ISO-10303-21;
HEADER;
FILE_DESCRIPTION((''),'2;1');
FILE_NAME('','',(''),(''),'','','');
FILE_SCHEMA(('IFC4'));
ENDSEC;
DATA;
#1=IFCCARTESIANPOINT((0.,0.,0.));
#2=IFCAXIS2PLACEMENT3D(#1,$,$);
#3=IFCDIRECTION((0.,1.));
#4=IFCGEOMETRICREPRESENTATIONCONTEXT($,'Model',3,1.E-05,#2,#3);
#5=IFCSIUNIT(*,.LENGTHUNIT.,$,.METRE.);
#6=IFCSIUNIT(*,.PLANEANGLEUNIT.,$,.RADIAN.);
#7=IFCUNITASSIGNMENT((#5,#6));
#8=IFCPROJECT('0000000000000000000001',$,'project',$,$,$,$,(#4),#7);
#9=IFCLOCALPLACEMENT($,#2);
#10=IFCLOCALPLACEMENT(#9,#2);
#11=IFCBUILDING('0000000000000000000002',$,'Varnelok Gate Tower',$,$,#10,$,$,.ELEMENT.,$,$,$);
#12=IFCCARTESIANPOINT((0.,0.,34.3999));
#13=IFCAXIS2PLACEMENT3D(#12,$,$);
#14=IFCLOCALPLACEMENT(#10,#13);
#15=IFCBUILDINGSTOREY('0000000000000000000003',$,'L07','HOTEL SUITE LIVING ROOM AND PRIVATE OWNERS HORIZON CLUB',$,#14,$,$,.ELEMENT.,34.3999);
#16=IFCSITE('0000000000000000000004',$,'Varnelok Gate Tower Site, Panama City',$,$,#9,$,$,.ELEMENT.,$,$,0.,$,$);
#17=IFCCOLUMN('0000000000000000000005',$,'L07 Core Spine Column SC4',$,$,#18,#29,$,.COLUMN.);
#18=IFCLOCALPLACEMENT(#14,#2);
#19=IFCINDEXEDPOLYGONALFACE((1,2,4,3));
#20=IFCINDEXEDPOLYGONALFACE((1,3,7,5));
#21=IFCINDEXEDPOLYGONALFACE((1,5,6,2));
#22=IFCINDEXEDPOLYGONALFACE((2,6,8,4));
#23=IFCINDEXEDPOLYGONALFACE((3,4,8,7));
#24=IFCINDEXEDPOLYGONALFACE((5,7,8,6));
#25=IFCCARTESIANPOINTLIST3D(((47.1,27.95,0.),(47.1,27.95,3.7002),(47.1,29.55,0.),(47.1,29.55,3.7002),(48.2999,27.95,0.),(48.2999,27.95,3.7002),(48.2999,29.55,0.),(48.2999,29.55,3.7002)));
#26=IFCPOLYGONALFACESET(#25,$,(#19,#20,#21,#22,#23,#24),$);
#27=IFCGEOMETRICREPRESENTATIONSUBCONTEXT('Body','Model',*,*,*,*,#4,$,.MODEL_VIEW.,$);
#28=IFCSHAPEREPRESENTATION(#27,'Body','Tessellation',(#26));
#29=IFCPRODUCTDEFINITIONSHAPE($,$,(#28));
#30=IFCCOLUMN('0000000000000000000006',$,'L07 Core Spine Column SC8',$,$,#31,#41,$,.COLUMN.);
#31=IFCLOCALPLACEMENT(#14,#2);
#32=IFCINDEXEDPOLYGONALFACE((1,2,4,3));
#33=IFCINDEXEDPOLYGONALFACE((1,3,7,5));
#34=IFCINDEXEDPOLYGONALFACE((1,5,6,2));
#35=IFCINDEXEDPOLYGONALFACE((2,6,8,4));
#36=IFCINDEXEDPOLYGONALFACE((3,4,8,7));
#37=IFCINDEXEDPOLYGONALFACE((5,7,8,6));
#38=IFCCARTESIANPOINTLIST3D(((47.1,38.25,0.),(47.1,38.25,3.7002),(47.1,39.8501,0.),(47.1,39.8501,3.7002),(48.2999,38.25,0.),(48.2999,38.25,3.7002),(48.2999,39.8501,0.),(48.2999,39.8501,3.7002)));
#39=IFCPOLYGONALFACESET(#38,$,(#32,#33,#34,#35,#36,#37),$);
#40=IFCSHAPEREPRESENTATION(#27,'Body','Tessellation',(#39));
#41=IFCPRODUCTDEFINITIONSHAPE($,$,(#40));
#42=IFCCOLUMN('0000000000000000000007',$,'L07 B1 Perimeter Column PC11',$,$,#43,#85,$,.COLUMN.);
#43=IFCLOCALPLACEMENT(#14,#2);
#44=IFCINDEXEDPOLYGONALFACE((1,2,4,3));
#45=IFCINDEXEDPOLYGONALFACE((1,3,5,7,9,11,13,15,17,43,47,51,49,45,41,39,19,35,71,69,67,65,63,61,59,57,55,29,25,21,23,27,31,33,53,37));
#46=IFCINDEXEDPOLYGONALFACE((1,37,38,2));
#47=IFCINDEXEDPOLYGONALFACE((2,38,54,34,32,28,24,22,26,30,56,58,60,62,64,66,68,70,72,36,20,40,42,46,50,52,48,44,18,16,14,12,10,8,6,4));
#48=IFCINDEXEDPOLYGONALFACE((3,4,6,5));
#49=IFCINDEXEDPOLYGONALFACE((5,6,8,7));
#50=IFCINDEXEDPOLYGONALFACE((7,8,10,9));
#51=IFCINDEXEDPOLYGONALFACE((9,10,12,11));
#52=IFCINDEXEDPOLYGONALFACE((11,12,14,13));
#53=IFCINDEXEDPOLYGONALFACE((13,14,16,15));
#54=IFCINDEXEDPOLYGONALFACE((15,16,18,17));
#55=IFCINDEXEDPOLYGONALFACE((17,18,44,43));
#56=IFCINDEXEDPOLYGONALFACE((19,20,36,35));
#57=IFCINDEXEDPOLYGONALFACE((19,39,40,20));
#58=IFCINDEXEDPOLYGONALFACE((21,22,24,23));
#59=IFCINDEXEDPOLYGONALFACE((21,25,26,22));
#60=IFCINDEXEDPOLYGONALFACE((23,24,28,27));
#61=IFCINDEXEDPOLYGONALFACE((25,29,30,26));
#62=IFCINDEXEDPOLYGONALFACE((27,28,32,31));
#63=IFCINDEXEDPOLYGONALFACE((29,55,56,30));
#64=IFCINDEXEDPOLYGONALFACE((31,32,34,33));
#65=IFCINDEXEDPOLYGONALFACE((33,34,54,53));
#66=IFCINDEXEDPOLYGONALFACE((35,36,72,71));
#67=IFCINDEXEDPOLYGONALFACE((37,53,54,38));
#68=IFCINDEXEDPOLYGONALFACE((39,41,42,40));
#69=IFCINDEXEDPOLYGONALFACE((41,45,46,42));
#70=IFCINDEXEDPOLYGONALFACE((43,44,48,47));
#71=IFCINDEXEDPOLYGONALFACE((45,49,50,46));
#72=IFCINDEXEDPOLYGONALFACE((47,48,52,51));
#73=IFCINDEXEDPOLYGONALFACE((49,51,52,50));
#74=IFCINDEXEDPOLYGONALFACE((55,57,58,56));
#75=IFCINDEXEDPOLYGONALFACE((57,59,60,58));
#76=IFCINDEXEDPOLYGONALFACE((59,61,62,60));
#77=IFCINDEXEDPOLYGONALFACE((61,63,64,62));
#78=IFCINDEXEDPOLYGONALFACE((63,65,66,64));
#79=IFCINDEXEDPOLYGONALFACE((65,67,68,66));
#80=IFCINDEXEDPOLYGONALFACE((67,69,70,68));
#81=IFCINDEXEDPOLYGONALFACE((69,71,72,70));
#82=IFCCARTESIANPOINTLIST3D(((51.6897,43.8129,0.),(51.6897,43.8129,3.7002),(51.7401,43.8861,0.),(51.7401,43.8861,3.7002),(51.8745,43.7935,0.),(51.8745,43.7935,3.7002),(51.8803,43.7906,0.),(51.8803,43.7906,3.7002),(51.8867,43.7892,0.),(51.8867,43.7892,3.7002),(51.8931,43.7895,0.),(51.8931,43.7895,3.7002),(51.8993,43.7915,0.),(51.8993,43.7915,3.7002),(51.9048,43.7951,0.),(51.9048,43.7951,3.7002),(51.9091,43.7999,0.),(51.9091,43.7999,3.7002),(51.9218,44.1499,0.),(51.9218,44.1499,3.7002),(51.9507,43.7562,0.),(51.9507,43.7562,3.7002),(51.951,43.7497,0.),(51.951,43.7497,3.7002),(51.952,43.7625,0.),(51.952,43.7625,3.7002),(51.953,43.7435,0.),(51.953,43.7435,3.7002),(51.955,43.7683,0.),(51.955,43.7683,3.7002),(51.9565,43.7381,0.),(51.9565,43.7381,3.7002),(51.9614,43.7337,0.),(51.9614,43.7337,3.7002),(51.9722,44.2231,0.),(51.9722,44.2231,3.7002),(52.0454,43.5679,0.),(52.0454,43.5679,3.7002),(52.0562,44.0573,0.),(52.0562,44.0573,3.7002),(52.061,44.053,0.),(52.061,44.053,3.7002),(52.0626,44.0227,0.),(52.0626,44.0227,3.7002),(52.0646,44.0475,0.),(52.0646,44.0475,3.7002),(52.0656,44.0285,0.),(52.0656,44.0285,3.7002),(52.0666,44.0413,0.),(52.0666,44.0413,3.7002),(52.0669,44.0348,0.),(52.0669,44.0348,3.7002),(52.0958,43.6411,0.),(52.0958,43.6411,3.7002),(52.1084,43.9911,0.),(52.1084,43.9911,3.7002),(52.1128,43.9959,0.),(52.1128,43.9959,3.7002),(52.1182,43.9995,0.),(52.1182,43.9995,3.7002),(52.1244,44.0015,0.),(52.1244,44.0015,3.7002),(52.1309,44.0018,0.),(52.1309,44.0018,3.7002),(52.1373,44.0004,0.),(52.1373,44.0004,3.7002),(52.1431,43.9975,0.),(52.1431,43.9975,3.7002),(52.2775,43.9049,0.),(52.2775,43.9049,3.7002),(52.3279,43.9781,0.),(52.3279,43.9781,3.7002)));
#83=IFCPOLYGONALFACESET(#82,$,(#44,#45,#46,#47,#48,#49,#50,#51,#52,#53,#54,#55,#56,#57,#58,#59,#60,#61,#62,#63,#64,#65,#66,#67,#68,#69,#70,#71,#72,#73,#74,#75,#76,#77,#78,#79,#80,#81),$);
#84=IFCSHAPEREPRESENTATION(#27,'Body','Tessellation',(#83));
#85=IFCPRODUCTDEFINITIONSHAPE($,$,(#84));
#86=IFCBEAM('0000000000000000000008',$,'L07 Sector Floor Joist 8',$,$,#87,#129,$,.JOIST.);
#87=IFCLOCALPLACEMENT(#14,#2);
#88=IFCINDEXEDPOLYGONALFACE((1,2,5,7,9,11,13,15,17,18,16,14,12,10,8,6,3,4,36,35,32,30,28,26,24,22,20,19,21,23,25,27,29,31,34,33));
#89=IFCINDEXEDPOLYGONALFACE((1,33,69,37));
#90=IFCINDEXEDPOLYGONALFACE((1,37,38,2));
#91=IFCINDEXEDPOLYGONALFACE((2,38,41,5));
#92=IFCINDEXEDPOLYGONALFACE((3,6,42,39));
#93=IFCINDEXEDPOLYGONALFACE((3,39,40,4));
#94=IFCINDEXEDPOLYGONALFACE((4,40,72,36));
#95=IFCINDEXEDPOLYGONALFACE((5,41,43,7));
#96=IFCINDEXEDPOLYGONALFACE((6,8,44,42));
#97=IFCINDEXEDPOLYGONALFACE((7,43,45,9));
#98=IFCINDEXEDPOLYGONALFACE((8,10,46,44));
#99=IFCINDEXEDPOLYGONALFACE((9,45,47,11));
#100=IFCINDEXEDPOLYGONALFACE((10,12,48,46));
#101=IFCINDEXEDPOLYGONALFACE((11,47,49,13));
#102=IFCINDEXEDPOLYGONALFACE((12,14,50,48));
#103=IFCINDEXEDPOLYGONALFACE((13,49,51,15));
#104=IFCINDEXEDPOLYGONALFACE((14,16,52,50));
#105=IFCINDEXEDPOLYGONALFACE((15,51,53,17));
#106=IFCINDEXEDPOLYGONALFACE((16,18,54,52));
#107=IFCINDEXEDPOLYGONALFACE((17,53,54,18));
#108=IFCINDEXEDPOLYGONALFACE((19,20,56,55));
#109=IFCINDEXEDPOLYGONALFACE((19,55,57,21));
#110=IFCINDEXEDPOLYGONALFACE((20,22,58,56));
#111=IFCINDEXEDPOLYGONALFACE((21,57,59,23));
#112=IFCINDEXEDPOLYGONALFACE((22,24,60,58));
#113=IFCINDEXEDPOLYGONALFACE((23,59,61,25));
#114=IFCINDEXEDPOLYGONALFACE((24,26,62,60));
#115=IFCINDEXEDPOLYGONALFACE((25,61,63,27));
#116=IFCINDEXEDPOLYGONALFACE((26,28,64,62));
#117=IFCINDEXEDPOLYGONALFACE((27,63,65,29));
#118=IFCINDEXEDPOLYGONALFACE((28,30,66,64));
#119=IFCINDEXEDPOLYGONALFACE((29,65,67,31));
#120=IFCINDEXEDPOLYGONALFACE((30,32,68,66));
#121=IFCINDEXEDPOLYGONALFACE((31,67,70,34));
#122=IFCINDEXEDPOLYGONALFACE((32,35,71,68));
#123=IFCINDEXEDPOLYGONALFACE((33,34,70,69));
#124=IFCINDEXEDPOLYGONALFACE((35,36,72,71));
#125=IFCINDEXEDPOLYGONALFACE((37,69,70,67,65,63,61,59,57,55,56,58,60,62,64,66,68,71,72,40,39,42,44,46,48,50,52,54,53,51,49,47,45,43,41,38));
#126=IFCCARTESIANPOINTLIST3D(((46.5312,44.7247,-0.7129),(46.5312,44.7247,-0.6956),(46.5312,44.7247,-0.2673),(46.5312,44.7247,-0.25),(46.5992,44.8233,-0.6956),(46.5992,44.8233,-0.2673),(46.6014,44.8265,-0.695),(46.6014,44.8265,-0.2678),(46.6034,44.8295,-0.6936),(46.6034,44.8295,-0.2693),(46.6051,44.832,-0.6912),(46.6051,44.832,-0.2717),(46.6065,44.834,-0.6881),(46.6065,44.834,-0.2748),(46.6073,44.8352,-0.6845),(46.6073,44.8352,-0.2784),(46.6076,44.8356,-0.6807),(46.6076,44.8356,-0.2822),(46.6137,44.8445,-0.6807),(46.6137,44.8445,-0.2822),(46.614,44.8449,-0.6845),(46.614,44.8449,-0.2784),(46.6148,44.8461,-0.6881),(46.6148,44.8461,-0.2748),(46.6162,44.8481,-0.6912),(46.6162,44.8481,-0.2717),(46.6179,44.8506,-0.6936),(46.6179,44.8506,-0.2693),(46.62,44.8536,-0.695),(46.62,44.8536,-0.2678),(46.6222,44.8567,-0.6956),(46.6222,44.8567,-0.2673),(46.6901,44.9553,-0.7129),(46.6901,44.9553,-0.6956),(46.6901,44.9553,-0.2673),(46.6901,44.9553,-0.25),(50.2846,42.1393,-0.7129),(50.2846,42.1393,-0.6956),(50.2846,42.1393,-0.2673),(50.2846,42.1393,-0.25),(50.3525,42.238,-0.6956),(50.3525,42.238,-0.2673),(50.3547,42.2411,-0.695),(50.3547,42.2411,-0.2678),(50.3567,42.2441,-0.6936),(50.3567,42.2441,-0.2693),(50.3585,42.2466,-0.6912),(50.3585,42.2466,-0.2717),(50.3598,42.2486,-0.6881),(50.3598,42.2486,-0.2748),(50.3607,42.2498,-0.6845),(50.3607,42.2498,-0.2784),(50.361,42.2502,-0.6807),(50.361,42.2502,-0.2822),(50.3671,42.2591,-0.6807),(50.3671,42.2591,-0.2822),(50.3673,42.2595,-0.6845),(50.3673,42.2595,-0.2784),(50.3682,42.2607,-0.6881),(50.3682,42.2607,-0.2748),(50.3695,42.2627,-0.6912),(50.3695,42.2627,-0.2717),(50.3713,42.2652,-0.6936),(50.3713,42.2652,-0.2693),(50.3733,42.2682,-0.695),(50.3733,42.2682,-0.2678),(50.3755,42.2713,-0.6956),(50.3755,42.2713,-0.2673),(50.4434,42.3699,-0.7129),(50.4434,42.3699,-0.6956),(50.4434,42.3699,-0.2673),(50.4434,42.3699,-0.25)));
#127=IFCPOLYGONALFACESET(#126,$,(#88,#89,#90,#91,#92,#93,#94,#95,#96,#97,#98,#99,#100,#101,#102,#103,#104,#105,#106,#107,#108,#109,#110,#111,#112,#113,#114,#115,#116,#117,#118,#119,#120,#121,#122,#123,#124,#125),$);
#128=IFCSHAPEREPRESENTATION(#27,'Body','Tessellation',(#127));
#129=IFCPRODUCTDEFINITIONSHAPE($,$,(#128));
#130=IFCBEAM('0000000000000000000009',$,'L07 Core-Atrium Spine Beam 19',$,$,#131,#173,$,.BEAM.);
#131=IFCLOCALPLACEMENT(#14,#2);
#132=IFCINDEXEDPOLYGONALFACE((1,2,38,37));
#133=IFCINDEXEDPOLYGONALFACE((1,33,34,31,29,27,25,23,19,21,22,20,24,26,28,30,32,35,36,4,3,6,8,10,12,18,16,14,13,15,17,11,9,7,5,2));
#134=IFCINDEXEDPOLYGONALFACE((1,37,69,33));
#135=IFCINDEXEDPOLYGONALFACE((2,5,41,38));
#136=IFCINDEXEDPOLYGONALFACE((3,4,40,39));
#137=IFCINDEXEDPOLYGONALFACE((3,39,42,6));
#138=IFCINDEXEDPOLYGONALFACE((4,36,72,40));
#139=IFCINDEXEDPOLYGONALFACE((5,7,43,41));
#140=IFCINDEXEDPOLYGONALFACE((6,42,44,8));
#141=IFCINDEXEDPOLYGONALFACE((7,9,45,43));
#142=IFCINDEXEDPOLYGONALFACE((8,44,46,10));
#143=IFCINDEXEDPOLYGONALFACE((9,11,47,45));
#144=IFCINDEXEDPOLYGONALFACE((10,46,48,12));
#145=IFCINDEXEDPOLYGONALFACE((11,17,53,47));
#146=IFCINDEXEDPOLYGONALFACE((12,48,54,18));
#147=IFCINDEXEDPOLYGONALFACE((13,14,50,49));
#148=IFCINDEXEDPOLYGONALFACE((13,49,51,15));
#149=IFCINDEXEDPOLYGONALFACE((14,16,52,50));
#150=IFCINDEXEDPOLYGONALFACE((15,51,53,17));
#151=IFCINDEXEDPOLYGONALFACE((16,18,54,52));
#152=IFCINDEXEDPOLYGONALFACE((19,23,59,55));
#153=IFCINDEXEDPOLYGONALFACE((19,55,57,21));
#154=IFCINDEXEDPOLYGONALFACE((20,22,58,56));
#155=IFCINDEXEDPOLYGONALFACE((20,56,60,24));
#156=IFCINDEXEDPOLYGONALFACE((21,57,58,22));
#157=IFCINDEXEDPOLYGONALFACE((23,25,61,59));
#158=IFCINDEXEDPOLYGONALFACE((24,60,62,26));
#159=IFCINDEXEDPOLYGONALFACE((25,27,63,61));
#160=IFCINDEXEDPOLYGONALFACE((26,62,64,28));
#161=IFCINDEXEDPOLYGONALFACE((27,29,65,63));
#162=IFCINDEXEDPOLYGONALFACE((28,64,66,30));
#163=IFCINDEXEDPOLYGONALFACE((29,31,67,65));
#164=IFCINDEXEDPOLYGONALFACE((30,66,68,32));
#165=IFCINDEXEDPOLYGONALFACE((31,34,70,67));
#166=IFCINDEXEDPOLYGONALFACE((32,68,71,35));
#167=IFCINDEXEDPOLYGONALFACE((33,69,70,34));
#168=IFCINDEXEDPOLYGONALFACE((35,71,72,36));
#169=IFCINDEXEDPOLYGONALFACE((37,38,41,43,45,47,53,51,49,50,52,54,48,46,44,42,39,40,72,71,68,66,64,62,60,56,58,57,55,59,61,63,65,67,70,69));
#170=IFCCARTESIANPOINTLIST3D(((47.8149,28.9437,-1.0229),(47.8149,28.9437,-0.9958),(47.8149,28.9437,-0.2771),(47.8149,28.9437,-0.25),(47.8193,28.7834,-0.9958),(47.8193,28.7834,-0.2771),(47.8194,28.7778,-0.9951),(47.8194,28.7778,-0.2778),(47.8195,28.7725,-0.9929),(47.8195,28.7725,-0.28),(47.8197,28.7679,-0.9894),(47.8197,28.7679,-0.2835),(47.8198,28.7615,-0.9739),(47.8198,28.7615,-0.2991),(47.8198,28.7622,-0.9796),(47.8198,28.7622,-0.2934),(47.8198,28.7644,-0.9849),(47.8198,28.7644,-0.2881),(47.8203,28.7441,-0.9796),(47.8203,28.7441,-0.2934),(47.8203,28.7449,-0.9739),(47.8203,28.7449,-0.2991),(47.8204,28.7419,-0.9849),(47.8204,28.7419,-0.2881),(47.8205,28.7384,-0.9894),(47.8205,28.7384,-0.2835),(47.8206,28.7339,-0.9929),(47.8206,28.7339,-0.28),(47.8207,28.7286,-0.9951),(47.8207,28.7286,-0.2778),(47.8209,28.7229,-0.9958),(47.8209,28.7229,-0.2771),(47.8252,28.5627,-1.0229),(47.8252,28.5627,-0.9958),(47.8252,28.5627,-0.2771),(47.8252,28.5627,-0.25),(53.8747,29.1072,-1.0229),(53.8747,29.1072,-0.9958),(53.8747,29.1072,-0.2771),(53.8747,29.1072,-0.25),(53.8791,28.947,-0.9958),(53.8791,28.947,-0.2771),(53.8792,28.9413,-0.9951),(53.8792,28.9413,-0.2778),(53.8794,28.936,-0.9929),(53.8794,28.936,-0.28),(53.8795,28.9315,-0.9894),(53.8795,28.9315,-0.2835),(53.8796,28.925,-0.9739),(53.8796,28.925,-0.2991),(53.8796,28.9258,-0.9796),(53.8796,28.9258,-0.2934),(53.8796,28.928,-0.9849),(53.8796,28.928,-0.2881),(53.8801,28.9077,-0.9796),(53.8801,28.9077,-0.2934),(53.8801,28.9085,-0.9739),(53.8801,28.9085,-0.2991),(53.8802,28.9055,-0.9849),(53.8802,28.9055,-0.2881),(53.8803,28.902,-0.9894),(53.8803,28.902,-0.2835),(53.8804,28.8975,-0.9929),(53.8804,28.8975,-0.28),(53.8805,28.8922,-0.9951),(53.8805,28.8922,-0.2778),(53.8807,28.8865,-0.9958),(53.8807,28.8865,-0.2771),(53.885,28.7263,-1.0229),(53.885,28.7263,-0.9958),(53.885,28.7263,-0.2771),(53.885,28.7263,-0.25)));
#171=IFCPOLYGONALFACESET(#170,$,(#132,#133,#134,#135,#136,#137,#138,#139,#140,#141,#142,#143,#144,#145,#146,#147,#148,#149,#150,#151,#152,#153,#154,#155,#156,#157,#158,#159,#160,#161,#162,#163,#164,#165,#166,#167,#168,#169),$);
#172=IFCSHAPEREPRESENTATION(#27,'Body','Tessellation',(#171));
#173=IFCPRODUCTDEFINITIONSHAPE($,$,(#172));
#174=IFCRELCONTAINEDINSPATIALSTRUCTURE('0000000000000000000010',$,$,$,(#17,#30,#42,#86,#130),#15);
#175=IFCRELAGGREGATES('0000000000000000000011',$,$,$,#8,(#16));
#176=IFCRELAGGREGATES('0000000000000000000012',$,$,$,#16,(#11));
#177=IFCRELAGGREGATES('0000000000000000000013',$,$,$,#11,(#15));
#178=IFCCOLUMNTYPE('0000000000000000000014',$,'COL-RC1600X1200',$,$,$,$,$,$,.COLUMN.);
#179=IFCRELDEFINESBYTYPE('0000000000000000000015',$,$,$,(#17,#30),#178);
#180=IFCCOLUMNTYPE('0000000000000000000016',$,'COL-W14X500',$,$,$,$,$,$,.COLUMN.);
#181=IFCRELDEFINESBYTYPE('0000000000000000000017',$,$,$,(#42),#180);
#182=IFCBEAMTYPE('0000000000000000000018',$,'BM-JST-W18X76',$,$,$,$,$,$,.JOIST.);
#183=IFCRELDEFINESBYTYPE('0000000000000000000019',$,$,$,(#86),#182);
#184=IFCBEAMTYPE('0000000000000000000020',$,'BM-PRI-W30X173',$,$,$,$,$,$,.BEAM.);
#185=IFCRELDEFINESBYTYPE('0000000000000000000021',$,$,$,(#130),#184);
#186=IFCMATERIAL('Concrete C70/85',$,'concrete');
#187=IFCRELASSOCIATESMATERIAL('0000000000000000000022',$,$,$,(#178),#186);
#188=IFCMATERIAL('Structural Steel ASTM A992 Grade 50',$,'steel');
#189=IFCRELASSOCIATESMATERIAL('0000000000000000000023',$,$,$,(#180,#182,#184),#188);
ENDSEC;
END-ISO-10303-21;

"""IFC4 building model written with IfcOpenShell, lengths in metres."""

from ifc_helpers import new_model, si_unit, direction, frame, origin, origin_2d, place, context, subcontext, project, spatial, rectangle, i_section, extrude, material, material_profile, profile_set, type_object, element, save


model = new_model("IFC4")

# Units and contexts
model_context = context("Model", 3, precision=1e-05, world=origin(), true_north=direction((0.0, 1.0)))
body_context = subcontext(model_context, "Body", "Model", "MODEL_VIEW")
ifc_project = project(units=[si_unit("LENGTHUNIT", "METRE"), si_unit("PLANEANGLEUNIT", "RADIAN")], contexts=[model_context])

# Site, building, storey
site_placement = place(None, origin())
site = spatial("IfcSite", under=ifc_project, at=site_placement, Name="Varnelok Gate Tower Site, Panama City", CompositionType="ELEMENT", RefElevation=0.0)
building_placement = place(site_placement, origin())
building = spatial("IfcBuilding", under=site, at=building_placement, Name="Varnelok Gate Tower", CompositionType="ELEMENT")
storey_placement = place(building_placement, frame((0.0, 0.0, 34.3999)))
storey = spatial("IfcBuildingStorey", under=building, at=storey_placement, Name="L07", Description="HOTEL SUITE LIVING ROOM AND PRIVATE OWNERS HORIZON CLUB", CompositionType="ELEMENT", Elevation=34.3999)

# Columns
ifc_material_1 = material(Name="Concrete C70/85", Category="concrete")
ifc_material_profile_1 = material_profile(ifc_material_1, rectangle(XDim=1.2, YDim=1.6001, at=origin_2d()), Name="RC1600X1200")
ifc_profile_set_1 = profile_set([ifc_material_profile_1], Name="Concrete C70/85")
column_type_1 = type_object("IfcColumnType", Name="COL-RC1600X1200", PredefinedType="COLUMN", material=ifc_profile_set_1)
for number, where, z_axis, x_axis, name in (
    (1, (47.7, 28.75, 0.0), (0.0, 0.0, 1.0), (1.0, 0.0, 0.0), "L07 Core Spine Column SC4"),
    (2, (47.7, 39.05, 0.0), (0.0, 0.0, 1.0), (1.0, 0.0, 0.0), "L07 Core Spine Column SC8"),
):
    element("IfcColumn", number, at=place(storey_placement, frame(where, z_axis=z_axis, x_axis=x_axis)), inside=storey, type_object=column_type_1, Name=name, PredefinedType="COLUMN", context=body_context, shape_type="SweptSolid", body=[
        extrude(rectangle(XDim=1.2, YDim=1.6001, at=origin_2d()), origin(), (0.0, 0.0, 1.0), 3.7002),
    ])
ifc_material_2 = material(Name="Structural Steel ASTM A992 Grade 50", Category="steel")
ifc_material_profile_2 = material_profile(ifc_material_2, i_section(OverallWidth=0.4319, OverallDepth=0.498, WebThickness=0.0557, FlangeThickness=0.0889, FilletRadius=0.0249, at=origin_2d()), Name="W14X500")
ifc_profile_set_2 = profile_set([ifc_material_profile_2], Name="Structural Steel ASTM A992 Grade 50")
column_type_2 = type_object("IfcColumnType", Name="COL-W14X500", PredefinedType="COLUMN", material=ifc_profile_set_2)
column_placement = place(storey_placement, frame((52.0088, 43.8955, 0.0), z_axis=(0.0, 0.0, 1.0), x_axis=(0.823533, -0.567269, 0.0)))
element("IfcColumn", 3, at=column_placement, inside=storey, type_object=column_type_2, Name="L07 B1 Perimeter Column PC11", PredefinedType="COLUMN", context=body_context, shape_type="SweptSolid", body=[
    extrude(i_section(OverallWidth=0.4319, OverallDepth=0.498, WebThickness=0.0557, FlangeThickness=0.0889, FilletRadius=0.0249, at=origin_2d()), origin(), (0.0, 0.0, 1.0), 3.7002),
])

# Beams
ifc_material_profile_3 = material_profile(ifc_material_2, i_section(OverallWidth=0.28, OverallDepth=0.4629, WebThickness=0.0107, FlangeThickness=0.0173, FilletRadius=0.0149, at=origin_2d()), Name="W18X76")
ifc_profile_set_3 = profile_set([ifc_material_profile_3], Name="Structural Steel ASTM A992 Grade 50")
beam_type_1 = type_object("IfcBeamType", Name="BM-JST-W18X76", PredefinedType="JOIST", material=ifc_profile_set_3)
beam_1_placement = place(storey_placement, frame((50.364, 42.2546, -0.4814), z_axis=(-0.823532, 0.56727, 0.0), x_axis=(-0.56727, -0.823532, 0.0)))
element("IfcBeam", 4, at=beam_1_placement, inside=storey, type_object=beam_type_1, Name="L07 Sector Floor Joist 8", PredefinedType="JOIST", context=body_context, shape_type="SweptSolid", body=[
    extrude(i_section(OverallWidth=0.28, OverallDepth=0.4629, WebThickness=0.0107, FlangeThickness=0.0173, FilletRadius=0.0149, at=origin_2d()), origin(), (0.0, 0.0, 1.0), 4.5576),
])
ifc_material_profile_4 = material_profile(ifc_material_2, i_section(OverallWidth=0.3811, OverallDepth=0.7729, WebThickness=0.0166, FlangeThickness=0.0271, FilletRadius=0.022, at=origin_2d()), Name="W30X173")
ifc_profile_set_4 = profile_set([ifc_material_profile_4], Name="Structural Steel ASTM A992 Grade 50")
beam_type_2 = type_object("IfcBeamType", Name="BM-PRI-W30X173", PredefinedType="BEAM", material=ifc_profile_set_4)
beam_2_placement = place(storey_placement, frame((47.8201, 28.7532, -0.6365), z_axis=(0.999636, 0.026983, 0.0), x_axis=(-0.026983, 0.999636, 0.0)))
element("IfcBeam", 5, at=beam_2_placement, inside=storey, type_object=beam_type_2, Name="L07 Core-Atrium Spine Beam 19", PredefinedType="BEAM", context=body_context, shape_type="SweptSolid", body=[
    extrude(i_section(OverallWidth=0.3811, OverallDepth=0.7729, WebThickness=0.0166, FlangeThickness=0.0271, FilletRadius=0.022, at=origin_2d()), origin(), (0.0, 0.0, 1.0), 6.062),
])

save(model, "model.ifc")
